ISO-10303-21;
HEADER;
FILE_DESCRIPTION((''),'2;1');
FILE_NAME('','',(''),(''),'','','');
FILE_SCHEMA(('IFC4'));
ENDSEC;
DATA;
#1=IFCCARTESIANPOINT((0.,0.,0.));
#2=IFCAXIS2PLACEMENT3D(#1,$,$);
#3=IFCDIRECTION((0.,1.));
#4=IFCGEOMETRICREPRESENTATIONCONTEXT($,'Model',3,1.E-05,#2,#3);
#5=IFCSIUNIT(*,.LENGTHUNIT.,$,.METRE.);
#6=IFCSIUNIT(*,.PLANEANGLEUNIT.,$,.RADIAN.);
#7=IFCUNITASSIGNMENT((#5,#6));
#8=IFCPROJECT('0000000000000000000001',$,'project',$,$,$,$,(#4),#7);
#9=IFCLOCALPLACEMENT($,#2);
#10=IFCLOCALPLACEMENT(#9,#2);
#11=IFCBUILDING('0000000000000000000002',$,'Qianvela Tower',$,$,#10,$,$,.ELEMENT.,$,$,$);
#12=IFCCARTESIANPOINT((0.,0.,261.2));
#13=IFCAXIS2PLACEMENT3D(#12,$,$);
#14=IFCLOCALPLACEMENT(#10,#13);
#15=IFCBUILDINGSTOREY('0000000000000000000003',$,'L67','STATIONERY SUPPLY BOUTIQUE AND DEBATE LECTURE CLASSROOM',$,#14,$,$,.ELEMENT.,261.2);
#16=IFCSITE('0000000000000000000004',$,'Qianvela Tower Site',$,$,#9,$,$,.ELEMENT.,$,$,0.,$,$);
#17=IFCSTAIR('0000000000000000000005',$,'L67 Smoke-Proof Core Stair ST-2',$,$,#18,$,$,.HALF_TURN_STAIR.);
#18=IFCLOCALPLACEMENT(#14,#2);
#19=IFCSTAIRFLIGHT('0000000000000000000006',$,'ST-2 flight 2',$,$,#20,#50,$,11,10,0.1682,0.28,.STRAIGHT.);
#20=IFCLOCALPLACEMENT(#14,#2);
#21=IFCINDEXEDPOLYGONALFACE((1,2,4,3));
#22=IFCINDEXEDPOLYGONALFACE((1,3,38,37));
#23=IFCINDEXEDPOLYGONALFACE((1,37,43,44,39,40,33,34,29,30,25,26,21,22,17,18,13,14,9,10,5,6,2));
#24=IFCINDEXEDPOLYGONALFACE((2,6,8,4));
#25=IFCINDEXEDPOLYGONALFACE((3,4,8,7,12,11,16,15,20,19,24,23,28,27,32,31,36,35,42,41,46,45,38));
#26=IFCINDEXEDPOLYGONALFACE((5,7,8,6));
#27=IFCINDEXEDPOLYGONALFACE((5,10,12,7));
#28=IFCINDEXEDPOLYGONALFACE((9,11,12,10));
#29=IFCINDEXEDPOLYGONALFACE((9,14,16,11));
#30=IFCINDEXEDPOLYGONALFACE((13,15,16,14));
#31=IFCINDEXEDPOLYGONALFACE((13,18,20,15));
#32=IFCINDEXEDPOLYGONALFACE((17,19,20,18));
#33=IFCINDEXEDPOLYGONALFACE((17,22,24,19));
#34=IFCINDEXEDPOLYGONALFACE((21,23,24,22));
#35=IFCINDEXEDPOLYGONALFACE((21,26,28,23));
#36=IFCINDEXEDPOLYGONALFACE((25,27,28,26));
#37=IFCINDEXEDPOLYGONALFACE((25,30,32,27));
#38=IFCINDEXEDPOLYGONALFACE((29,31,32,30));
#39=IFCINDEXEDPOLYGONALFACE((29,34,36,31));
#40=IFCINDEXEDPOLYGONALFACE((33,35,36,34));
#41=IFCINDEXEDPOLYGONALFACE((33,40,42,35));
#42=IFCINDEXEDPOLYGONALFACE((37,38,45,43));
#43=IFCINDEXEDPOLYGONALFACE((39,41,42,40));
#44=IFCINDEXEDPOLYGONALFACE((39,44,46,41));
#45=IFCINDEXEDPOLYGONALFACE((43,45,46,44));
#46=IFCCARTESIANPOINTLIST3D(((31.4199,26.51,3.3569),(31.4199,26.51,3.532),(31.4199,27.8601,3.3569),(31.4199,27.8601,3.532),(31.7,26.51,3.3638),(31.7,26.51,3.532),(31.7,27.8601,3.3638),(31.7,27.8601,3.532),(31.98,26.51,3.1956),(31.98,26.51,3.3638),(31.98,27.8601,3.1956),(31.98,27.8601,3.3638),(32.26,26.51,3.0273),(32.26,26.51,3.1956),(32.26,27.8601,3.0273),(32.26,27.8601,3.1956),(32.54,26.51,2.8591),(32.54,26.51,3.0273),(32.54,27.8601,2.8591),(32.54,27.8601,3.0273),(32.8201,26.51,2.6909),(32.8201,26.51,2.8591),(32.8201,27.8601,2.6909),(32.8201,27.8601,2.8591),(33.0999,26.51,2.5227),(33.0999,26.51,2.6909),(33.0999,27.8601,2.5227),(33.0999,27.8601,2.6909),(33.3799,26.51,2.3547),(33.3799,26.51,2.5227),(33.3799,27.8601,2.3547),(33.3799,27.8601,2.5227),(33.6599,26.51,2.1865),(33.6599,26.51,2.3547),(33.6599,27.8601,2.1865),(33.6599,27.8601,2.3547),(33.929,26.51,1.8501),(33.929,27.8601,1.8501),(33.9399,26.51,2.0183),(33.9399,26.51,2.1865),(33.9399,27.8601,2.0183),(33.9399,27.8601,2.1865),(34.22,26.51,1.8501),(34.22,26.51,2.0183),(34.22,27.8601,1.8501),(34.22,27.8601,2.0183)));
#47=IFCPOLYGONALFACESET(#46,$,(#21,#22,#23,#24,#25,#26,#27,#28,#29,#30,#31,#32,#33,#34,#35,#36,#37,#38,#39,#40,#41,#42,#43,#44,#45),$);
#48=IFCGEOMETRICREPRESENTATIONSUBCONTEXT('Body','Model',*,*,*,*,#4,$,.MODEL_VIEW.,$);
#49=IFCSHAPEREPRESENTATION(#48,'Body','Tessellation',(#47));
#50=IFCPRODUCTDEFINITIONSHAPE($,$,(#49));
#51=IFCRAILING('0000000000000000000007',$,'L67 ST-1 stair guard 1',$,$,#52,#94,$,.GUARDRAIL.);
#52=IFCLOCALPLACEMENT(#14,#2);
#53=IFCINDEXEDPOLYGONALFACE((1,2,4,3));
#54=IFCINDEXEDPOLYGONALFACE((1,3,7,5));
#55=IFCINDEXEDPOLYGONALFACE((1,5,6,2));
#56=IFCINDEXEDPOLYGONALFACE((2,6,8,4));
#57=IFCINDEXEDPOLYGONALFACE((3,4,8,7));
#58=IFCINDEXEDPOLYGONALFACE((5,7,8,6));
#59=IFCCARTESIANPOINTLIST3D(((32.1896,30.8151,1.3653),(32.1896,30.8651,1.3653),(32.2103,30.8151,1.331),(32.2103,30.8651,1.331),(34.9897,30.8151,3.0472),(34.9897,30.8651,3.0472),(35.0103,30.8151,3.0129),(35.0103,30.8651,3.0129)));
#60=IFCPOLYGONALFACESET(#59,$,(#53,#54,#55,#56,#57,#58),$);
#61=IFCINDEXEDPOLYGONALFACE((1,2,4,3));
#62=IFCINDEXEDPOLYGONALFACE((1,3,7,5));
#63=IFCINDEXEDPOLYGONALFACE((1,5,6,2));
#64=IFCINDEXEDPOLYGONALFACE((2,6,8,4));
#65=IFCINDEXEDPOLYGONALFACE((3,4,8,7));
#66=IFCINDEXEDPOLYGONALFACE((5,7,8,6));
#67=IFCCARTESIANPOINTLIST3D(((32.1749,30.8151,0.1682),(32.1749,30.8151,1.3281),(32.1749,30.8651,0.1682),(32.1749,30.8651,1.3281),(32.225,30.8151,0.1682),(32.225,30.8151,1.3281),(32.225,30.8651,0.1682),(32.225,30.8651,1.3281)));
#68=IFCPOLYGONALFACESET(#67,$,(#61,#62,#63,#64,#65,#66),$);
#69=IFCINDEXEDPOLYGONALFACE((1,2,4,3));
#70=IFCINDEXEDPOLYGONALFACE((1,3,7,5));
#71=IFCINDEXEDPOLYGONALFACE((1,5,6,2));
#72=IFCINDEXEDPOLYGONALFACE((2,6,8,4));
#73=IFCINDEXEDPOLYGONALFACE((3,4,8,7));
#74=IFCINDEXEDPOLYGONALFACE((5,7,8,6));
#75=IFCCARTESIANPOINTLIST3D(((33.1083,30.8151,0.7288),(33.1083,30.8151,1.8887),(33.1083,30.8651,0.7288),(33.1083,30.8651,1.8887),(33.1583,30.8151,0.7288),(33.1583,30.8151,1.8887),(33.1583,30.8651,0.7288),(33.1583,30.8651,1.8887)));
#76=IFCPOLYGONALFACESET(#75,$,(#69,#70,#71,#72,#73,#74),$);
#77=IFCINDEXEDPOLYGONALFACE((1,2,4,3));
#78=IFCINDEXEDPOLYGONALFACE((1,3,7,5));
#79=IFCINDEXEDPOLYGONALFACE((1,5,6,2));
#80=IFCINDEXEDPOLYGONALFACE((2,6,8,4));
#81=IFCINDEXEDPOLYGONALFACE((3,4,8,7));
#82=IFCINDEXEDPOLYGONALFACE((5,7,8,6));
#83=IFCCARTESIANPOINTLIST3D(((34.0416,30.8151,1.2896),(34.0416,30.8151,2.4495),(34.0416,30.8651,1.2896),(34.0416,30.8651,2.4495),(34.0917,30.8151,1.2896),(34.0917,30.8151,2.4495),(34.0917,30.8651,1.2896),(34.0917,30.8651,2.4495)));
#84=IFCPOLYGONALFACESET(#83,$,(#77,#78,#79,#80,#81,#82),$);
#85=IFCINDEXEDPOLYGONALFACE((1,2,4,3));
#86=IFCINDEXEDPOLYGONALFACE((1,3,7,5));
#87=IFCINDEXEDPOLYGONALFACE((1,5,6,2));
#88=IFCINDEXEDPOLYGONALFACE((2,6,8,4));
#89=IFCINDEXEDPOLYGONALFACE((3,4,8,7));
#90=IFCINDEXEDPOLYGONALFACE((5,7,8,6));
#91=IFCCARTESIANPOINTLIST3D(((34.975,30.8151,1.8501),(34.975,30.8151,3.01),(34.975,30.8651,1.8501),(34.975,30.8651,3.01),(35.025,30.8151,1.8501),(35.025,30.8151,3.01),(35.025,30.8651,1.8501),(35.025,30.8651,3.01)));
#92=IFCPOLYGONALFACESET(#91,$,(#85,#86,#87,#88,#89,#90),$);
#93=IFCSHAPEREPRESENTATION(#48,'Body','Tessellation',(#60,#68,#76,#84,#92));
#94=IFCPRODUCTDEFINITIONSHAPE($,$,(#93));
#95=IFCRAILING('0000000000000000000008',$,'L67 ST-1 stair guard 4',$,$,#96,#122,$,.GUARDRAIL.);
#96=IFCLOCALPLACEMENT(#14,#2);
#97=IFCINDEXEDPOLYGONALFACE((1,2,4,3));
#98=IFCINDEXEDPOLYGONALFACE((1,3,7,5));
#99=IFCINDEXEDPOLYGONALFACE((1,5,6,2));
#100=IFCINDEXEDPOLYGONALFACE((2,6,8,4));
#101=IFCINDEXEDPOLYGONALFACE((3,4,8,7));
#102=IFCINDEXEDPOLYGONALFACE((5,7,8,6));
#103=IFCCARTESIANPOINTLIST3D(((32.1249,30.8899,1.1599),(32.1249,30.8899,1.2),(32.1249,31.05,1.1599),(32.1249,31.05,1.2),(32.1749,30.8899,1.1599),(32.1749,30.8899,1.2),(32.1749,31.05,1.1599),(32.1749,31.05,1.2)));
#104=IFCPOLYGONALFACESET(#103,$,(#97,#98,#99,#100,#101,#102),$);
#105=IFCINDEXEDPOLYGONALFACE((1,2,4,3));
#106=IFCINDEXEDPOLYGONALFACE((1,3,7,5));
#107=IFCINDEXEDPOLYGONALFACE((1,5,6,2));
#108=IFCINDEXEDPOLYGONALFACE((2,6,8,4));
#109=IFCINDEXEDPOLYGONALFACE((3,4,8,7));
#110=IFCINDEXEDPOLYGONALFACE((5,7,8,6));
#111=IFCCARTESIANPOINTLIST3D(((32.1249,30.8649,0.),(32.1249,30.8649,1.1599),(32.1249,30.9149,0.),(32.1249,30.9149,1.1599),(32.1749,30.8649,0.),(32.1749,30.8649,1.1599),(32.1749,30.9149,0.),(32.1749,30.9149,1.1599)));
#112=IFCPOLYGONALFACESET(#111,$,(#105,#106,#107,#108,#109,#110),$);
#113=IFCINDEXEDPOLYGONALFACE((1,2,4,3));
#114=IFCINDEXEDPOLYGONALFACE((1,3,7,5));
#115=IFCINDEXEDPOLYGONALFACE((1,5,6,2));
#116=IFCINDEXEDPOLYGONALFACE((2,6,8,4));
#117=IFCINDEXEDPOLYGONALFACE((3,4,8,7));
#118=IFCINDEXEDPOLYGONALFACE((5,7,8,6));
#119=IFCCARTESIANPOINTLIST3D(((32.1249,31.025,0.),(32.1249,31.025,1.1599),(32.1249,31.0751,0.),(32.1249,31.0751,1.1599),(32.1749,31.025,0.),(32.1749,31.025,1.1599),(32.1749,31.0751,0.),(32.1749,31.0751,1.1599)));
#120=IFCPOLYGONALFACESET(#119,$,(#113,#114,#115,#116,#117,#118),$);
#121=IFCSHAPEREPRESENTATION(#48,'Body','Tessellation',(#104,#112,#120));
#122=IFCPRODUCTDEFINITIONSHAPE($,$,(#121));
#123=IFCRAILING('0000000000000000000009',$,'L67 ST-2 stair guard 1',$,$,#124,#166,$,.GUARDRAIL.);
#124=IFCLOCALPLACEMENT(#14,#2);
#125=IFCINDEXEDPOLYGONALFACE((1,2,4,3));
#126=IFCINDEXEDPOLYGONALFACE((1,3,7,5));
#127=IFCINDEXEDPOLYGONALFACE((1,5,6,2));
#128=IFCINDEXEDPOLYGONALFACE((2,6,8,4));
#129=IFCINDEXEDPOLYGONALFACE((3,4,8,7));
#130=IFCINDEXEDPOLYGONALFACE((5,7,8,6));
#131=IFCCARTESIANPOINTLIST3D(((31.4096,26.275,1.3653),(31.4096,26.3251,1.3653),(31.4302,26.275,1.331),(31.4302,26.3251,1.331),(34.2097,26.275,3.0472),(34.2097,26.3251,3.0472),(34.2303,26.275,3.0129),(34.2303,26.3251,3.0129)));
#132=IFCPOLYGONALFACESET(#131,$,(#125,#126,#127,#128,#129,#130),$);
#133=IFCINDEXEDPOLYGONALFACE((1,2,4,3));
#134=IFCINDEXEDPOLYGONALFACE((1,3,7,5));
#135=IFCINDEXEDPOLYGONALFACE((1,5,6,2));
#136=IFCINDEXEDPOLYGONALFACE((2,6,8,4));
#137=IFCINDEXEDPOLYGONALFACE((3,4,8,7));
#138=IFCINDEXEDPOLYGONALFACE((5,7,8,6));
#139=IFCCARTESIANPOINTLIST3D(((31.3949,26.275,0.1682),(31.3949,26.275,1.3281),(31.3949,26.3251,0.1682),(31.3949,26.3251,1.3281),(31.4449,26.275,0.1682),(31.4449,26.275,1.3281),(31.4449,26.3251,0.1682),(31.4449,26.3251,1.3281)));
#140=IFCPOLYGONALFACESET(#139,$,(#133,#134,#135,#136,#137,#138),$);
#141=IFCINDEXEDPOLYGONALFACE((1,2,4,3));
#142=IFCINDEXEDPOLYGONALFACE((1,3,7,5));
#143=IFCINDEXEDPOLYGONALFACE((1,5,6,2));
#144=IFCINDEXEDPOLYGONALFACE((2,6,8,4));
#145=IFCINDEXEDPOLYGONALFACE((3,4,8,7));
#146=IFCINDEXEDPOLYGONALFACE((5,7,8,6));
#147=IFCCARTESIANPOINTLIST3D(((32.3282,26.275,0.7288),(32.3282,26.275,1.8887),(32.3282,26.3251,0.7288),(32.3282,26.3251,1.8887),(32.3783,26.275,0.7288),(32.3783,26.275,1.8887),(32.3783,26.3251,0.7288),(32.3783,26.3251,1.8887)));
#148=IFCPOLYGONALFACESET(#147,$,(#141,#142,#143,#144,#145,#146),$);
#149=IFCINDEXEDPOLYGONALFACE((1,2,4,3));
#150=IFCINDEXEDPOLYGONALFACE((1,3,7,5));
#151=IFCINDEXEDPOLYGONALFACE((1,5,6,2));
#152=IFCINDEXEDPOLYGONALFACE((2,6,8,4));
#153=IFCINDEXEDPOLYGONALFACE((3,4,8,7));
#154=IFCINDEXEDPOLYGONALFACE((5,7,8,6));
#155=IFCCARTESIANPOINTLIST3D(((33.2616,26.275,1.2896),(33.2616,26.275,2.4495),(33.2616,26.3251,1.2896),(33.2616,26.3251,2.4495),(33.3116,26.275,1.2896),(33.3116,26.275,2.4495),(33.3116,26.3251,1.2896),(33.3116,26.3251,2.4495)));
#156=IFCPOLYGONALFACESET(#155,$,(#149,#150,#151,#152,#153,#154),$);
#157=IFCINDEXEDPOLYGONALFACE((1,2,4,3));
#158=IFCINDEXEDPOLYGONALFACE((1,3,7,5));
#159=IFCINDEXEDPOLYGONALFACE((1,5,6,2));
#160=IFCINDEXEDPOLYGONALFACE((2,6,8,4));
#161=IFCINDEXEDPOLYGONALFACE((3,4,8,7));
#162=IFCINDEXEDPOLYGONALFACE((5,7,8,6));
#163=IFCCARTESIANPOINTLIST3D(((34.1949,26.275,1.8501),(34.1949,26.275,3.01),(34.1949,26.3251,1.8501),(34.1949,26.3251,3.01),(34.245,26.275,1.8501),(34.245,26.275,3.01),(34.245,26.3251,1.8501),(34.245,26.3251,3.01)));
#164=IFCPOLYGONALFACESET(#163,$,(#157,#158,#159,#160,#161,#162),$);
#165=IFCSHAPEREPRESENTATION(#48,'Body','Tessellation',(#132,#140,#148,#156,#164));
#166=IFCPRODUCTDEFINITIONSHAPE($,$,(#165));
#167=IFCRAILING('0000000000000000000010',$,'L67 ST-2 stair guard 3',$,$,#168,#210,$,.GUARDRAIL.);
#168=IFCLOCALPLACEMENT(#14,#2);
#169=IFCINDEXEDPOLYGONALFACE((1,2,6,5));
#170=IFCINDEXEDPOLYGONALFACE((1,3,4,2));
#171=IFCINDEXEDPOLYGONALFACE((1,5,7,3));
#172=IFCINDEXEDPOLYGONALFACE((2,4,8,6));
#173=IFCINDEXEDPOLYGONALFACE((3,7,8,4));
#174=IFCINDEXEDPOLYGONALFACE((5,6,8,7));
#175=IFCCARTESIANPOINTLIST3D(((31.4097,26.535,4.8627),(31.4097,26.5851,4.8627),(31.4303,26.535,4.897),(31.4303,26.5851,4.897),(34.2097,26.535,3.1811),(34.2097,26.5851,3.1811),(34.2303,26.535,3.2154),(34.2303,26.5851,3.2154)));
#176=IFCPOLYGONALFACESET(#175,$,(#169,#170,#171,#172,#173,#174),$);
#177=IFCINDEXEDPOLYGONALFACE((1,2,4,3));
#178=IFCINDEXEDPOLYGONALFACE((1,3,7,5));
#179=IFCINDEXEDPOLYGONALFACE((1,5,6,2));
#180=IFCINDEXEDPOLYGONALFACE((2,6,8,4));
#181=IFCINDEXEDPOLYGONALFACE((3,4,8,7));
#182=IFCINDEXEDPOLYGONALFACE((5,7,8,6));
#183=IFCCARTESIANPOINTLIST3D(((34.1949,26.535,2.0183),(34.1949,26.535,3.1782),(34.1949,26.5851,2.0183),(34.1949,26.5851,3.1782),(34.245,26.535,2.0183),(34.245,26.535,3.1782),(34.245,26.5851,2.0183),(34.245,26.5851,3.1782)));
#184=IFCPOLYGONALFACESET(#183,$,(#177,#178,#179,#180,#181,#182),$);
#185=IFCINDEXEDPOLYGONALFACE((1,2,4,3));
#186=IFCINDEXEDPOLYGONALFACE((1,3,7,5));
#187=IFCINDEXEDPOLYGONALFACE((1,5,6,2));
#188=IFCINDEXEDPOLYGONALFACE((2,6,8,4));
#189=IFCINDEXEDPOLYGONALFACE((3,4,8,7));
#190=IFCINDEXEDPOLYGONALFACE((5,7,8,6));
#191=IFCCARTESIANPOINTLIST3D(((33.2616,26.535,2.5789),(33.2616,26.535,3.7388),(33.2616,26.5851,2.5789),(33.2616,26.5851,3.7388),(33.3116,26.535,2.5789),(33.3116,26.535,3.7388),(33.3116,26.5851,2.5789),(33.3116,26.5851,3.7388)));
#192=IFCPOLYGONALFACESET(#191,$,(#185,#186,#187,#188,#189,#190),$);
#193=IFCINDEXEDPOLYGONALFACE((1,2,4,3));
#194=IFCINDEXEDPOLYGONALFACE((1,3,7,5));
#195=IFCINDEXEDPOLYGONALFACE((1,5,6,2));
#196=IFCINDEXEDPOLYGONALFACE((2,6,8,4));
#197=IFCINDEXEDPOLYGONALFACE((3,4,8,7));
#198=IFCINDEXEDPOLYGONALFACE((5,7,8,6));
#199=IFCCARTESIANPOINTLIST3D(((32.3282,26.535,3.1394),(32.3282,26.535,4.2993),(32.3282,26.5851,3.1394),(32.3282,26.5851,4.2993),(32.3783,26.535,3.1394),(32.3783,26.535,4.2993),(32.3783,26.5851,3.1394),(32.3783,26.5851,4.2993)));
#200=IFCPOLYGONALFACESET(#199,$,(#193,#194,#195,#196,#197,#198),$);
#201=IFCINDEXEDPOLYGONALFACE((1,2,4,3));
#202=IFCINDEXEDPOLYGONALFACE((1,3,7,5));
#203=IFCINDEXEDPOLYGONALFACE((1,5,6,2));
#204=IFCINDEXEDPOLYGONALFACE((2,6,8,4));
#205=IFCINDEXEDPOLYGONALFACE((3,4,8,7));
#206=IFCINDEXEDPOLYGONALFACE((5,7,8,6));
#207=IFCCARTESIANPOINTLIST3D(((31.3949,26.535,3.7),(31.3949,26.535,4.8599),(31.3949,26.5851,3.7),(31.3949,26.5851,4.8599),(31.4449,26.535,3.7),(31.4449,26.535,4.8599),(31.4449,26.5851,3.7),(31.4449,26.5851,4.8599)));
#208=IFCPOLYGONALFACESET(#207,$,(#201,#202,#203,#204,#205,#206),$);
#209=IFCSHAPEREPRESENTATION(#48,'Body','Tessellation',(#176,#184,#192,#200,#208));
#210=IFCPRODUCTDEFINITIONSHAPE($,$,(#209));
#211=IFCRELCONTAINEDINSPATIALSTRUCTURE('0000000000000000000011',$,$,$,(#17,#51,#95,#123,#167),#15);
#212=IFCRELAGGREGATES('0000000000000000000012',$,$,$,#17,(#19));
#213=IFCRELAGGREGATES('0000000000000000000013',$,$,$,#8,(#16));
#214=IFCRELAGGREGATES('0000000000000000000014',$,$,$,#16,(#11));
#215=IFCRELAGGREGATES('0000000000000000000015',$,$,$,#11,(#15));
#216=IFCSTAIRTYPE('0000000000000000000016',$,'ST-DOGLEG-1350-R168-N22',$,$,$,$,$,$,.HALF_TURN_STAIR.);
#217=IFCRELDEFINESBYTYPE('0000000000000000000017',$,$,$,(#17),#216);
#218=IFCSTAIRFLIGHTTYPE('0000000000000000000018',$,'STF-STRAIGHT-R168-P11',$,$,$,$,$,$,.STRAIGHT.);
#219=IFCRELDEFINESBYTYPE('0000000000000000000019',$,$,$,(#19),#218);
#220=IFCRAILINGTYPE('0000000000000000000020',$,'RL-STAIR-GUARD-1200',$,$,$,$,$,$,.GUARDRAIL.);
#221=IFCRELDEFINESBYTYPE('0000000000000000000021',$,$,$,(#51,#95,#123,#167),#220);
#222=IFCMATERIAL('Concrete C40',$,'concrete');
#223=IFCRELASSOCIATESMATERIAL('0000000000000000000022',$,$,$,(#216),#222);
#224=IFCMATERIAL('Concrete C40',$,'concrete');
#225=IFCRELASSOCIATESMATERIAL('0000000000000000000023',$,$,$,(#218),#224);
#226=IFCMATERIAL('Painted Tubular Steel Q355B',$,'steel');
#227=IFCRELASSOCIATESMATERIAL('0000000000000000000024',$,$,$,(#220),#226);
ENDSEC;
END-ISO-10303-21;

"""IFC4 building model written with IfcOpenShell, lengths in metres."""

from ifc_helpers import new_model, si_unit, direction, frame, origin, origin_2d, place, context, subcontext, project, spatial, polyline, rectangle, outline, extrude, material, type_object, element, aggregate, save


model = new_model("IFC4")

# Units and contexts
model_context = context("Model", 3, precision=1e-05, world=origin(), true_north=direction((0.0, 1.0)))
body_context = subcontext(model_context, "Body", "Model", "MODEL_VIEW")
ifc_project = project(units=[si_unit("LENGTHUNIT", "METRE"), si_unit("PLANEANGLEUNIT", "RADIAN")], contexts=[model_context])

# Site, building, storey
site_placement = place(None, origin())
site = spatial("IfcSite", under=ifc_project, at=site_placement, Name="Qianvela Tower Site", CompositionType="ELEMENT", RefElevation=0.0)
building_placement = place(site_placement, origin())
building = spatial("IfcBuilding", under=site, at=building_placement, Name="Qianvela Tower", CompositionType="ELEMENT")
storey_placement = place(building_placement, frame((0.0, 0.0, 261.2)))
storey = spatial("IfcBuildingStorey", under=building, at=storey_placement, Name="L67", Description="STATIONERY SUPPLY BOUTIQUE AND DEBATE LECTURE CLASSROOM", CompositionType="ELEMENT", Elevation=261.2)

# Shared definitions
ifc_material_1 = material(Name="Concrete C40", Category="concrete")
stair_type = type_object("IfcStairType", Name="ST-DOGLEG-1350-R168-N22", PredefinedType="HALF_TURN_STAIR", material=ifc_material_1)
ifc_material_2 = material(Name="Concrete C40", Category="concrete")
stair_flight_type = type_object("IfcStairFlightType", Name="STF-STRAIGHT-R168-P11", PredefinedType="STRAIGHT", material=ifc_material_2)

# Stair, stair flight
stair_1_placement = place(storey_placement, origin())
stair_1 = element("IfcStair", 1, at=stair_1_placement, inside=storey, type_object=stair_type, Name="L67 Smoke-Proof Core Stair ST-2", PredefinedType="HALF_TURN_STAIR")
stair_flight_1_placement = place(storey_placement, frame((34.22, 27.1851, 1.8501), z_axis=(0.0, 0.0, 1.0), x_axis=(-1.0, 0.0, 0.0)))
stair_flight_1 = element("IfcStairFlight", 2, at=stair_flight_1_placement, type_object=stair_flight_type, Name="ST-2 flight 2", NumberOfRisers=11, NumberOfTreads=10, PredefinedType="STRAIGHT", RiserHeight=0.1682, TreadLength=0.28, context=body_context, shape_type="SweptSolid", body=[
    extrude(outline(polyline([(0.0, 0.0), (0.0, 0.1682), (0.28, 0.1682), (0.28, 0.3364), (0.5601, 0.3364), (0.5601, 0.5046), (0.8401, 0.5046), (0.8401, 0.6726), (1.1201, 0.6726), (1.1201, 0.8408), (1.3999, 0.8408), (1.3999, 1.009), (1.6799, 1.009), (1.6799, 1.1772), (1.96, 1.1772), (1.96, 1.3455), (2.24, 1.3455), (2.24, 1.5137), (2.52, 1.5137), (2.52, 1.6819), (2.8, 1.6819), (2.8, 1.8501), (2.8, 1.5068), (0.291, 0.0), (0.0, 0.0)])), frame((0.0, 0.675, 0.0), z_axis=(0.0, -1.0, 0.0), x_axis=(1.0, 0.0, 0.0)), (0.0, 0.0, 1.0), 1.3501),
])
aggregate(stair_1, [stair_flight_1])

# Railings
ifc_material_3 = material(Name="Painted Tubular Steel Q355B", Category="steel")
railing_type_1 = type_object("IfcRailingType", Name="RL-STAIR-GUARD-1200", PredefinedType="GUARDRAIL", material=ifc_material_3)
railing_1_placement = place(storey_placement, frame((32.2, 30.8401, 0.1682)))
element("IfcRailing", 3, at=railing_1_placement, inside=storey, type_object=railing_type_1, Name="L67 ST-1 stair guard 1", PredefinedType="GUARDRAIL", context=body_context, shape_type="SweptSolid", body=[
    extrude(rectangle(XDim=0.05, YDim=0.04, at=origin_2d()), frame((0.0, 0.0, 1.1799), z_axis=(0.857242, 0.0, 0.514913), x_axis=(0.0, 1.0, 0.0)), (0.0, 0.0, 1.0), 3.2664),
    extrude(rectangle(XDim=0.05, YDim=0.05, at=origin_2d()), origin(), (0.0, 0.0, 1.0), 1.1599),
    extrude(rectangle(XDim=0.05, YDim=0.05, at=origin_2d()), frame((0.9333, 0.0, 0.5605)), (0.0, 0.0, 1.0), 1.1599),
    extrude(rectangle(XDim=0.05, YDim=0.05, at=origin_2d()), frame((1.8667, 0.0, 1.1213)), (0.0, 0.0, 1.0), 1.1599),
    extrude(rectangle(XDim=0.05, YDim=0.05, at=origin_2d()), frame((2.8, 0.0, 1.6819)), (0.0, 0.0, 1.0), 1.1599),
])
railing_2_placement = place(storey_placement, frame((32.1499, 30.8899, 0.0)))
element("IfcRailing", 4, at=railing_2_placement, inside=storey, type_object=railing_type_1, Name="L67 ST-1 stair guard 4", PredefinedType="GUARDRAIL", context=body_context, shape_type="SweptSolid", body=[
    extrude(rectangle(XDim=0.05, YDim=0.04, at=origin_2d()), frame((0.0, 0.0, 1.1799), z_axis=(0.0, 1.0, 0.0), x_axis=(-1.0, 0.0, 0.0)), (0.0, 0.0, 1.0), 0.1602),
    extrude(rectangle(XDim=0.05, YDim=0.05, at=origin_2d()), origin(), (0.0, 0.0, 1.0), 1.1599),
    extrude(rectangle(XDim=0.05, YDim=0.05, at=origin_2d()), frame((0.0, 0.1602, 0.0)), (0.0, 0.0, 1.0), 1.1599),
])
railing_3_placement = place(storey_placement, frame((31.4199, 26.3, 0.1682)))
element("IfcRailing", 5, at=railing_3_placement, inside=storey, type_object=railing_type_1, Name="L67 ST-2 stair guard 1", PredefinedType="GUARDRAIL", context=body_context, shape_type="SweptSolid", body=[
    extrude(rectangle(XDim=0.05, YDim=0.04, at=origin_2d()), frame((0.0, 0.0, 1.1799), z_axis=(0.857242, 0.0, 0.514913), x_axis=(0.0, 1.0, 0.0)), (0.0, 0.0, 1.0), 3.2664),
    extrude(rectangle(XDim=0.05, YDim=0.05, at=origin_2d()), origin(), (0.0, 0.0, 1.0), 1.1599),
    extrude(rectangle(XDim=0.05, YDim=0.05, at=origin_2d()), frame((0.9333, 0.0, 0.5605)), (0.0, 0.0, 1.0), 1.1599),
    extrude(rectangle(XDim=0.05, YDim=0.05, at=origin_2d()), frame((1.8667, 0.0, 1.1213)), (0.0, 0.0, 1.0), 1.1599),
    extrude(rectangle(XDim=0.05, YDim=0.05, at=origin_2d()), frame((2.8, 0.0, 1.6819)), (0.0, 0.0, 1.0), 1.1599),
])
railing_4_placement = place(storey_placement, frame((34.22, 26.5601, 2.0183)))
element("IfcRailing", 6, at=railing_4_placement, inside=storey, type_object=railing_type_1, Name="L67 ST-2 stair guard 3", PredefinedType="GUARDRAIL", context=body_context, shape_type="SweptSolid", body=[
    extrude(rectangle(XDim=0.05, YDim=0.04, at=origin_2d()), frame((0.0, 0.0, 1.1799), z_axis=(-0.857275, 0.0, 0.514858), x_axis=(0.0, -1.0, 0.0)), (0.0, 0.0, 1.0), 3.2661),
    extrude(rectangle(XDim=0.05, YDim=0.05, at=origin_2d()), origin(), (0.0, 0.0, 1.0), 1.1599),
    extrude(rectangle(XDim=0.05, YDim=0.05, at=origin_2d()), frame((-0.9333, 0.0, 0.5605)), (0.0, 0.0, 1.0), 1.1599),
    extrude(rectangle(XDim=0.05, YDim=0.05, at=origin_2d()), frame((-1.8667, 0.0, 1.1211)), (0.0, 0.0, 1.0), 1.1599),
    extrude(rectangle(XDim=0.05, YDim=0.05, at=origin_2d()), frame((-2.8, 0.0, 1.6816)), (0.0, 0.0, 1.0), 1.1599),
])

save(model, "model.ifc")
